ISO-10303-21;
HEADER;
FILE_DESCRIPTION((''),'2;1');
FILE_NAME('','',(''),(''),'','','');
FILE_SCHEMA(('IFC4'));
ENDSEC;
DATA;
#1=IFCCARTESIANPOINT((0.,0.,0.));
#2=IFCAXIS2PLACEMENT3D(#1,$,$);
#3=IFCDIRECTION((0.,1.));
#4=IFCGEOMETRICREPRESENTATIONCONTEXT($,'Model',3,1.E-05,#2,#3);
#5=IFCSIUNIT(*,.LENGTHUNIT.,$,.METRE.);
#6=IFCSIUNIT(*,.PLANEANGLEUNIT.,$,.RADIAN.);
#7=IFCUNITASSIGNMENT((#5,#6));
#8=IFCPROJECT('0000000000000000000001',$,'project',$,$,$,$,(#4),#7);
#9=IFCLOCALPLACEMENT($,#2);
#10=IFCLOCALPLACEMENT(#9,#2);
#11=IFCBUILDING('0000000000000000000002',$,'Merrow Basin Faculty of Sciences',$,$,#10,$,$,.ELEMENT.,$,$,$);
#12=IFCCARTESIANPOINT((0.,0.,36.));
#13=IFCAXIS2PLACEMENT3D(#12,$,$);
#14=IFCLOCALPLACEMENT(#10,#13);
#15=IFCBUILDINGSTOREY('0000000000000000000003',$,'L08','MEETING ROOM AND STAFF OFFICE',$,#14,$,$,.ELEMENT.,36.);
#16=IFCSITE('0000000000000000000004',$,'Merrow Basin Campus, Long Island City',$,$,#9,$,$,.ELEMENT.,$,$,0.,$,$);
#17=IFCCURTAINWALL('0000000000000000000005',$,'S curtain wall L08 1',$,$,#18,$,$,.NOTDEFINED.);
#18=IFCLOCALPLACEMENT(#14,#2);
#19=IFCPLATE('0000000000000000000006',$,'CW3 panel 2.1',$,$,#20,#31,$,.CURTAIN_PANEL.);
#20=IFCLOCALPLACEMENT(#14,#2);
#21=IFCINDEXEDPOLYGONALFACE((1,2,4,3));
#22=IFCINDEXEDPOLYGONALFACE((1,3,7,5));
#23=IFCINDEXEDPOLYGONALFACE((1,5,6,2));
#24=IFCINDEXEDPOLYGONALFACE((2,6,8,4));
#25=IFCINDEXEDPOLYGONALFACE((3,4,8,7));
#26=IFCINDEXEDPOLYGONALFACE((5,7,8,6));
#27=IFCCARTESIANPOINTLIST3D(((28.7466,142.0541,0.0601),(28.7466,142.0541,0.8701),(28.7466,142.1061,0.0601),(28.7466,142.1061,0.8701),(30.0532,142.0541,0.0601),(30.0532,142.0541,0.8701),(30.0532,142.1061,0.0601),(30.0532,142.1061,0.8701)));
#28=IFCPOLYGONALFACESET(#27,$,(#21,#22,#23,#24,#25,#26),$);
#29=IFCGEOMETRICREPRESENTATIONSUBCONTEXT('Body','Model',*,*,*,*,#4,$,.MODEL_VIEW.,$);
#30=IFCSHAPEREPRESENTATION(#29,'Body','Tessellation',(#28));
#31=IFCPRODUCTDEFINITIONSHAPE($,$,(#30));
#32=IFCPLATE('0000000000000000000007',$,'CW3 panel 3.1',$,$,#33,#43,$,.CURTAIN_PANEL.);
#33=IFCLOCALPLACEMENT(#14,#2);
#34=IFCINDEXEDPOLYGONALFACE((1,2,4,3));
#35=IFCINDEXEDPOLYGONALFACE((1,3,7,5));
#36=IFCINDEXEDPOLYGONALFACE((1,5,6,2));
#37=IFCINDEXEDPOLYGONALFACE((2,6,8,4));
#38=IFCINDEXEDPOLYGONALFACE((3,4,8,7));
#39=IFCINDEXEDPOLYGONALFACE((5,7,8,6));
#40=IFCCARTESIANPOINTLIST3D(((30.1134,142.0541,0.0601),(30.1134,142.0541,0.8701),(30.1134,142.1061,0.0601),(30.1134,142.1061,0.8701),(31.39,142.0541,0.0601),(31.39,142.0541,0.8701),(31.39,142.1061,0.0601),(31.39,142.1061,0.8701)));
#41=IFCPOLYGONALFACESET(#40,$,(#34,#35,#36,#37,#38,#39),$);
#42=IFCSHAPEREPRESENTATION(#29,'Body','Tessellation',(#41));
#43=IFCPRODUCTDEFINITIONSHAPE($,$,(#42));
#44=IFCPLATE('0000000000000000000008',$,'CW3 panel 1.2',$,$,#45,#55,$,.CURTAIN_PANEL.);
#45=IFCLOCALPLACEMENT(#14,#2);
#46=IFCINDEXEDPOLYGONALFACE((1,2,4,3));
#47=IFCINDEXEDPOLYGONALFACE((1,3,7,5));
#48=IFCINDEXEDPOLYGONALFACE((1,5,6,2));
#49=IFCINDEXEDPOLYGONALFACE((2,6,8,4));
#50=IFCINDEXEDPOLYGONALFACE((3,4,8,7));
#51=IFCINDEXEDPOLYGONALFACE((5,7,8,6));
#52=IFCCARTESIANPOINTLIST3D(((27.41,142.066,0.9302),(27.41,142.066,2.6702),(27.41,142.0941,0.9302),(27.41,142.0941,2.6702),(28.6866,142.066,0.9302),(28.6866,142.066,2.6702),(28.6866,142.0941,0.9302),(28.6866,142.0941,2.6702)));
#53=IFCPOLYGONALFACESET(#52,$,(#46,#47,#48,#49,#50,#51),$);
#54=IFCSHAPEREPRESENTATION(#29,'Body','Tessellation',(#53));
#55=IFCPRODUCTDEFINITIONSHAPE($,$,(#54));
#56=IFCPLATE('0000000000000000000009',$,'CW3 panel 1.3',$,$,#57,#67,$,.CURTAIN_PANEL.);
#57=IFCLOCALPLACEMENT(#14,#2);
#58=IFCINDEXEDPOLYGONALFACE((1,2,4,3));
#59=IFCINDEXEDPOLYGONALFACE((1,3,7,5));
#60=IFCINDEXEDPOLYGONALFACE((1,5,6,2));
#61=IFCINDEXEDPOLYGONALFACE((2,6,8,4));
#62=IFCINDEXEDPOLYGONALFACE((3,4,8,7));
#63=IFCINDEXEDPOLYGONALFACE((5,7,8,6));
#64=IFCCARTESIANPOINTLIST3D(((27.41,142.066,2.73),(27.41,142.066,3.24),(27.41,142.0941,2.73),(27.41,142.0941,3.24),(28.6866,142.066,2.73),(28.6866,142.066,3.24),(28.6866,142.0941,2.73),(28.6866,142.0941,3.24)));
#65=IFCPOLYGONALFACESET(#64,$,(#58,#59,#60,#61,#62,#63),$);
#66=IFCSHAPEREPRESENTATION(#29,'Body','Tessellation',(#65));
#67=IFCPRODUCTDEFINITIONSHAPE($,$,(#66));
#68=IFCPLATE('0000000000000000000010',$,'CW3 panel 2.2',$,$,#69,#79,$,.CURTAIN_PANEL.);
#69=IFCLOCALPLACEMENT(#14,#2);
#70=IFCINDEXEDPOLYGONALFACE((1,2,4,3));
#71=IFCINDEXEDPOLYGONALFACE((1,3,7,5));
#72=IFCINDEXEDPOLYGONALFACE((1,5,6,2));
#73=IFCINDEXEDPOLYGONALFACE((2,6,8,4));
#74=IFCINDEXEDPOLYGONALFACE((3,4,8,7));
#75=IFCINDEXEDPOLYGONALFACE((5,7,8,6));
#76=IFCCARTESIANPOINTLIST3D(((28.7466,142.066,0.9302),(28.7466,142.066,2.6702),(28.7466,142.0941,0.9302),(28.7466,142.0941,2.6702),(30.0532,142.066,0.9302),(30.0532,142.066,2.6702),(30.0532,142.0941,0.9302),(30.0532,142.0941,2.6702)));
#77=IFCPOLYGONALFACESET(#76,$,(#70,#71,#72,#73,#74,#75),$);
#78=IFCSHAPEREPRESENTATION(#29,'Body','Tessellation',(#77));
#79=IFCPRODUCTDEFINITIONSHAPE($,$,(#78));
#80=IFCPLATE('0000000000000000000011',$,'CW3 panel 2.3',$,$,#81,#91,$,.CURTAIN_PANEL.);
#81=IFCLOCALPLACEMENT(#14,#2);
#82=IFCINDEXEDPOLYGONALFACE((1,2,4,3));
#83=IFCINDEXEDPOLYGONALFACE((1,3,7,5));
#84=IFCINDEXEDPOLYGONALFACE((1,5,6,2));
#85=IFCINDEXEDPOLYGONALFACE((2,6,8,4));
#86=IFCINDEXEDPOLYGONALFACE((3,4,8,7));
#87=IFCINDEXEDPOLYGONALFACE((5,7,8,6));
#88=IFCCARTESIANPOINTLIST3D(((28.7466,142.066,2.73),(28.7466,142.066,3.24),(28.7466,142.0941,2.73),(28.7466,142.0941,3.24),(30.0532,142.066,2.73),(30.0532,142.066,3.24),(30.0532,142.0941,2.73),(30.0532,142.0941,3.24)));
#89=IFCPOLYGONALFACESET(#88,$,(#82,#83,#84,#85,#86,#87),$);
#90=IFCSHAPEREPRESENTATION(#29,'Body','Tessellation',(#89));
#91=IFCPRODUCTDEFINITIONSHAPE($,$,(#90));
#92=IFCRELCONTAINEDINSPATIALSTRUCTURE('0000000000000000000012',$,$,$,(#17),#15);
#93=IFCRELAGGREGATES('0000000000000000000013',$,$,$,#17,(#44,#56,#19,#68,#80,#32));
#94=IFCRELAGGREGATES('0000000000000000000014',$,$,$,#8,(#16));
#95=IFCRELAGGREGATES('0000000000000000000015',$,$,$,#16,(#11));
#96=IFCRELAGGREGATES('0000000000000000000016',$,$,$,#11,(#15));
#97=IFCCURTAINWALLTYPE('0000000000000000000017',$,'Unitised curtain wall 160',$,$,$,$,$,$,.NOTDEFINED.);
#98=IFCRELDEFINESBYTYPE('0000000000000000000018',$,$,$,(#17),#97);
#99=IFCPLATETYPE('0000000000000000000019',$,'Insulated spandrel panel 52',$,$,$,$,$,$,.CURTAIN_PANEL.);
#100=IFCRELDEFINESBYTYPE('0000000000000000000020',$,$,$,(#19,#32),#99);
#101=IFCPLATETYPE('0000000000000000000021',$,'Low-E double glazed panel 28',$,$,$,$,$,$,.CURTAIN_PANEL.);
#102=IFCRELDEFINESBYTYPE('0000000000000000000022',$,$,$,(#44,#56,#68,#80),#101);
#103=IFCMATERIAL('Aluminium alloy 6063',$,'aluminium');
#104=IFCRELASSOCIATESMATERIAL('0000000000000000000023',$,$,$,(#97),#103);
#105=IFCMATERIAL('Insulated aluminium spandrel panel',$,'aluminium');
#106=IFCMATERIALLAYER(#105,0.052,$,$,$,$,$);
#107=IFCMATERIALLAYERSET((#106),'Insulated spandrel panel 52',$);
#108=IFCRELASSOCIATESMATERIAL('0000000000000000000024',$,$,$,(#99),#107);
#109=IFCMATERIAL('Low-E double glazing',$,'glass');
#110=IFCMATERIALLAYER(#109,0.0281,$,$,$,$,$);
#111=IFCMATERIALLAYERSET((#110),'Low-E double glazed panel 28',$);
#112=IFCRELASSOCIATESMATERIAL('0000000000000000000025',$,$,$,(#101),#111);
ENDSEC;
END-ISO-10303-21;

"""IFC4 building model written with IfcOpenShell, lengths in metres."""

from ifc_helpers import new_model, si_unit, direction, frame, origin, origin_2d, place, context, subcontext, project, spatial, rectangle, extrude, material, layer, layer_set, type_object, element, aggregate, save


model = new_model("IFC4")

# Units and contexts
model_context = context("Model", 3, precision=1e-05, world=origin(), true_north=direction((0.0, 1.0)))
body_context = subcontext(model_context, "Body", "Model", "MODEL_VIEW")
ifc_project = project(units=[si_unit("LENGTHUNIT", "METRE"), si_unit("PLANEANGLEUNIT", "RADIAN")], contexts=[model_context])

# Site, building, storey
site_placement = place(None, origin())
site = spatial("IfcSite", under=ifc_project, at=site_placement, Name="Merrow Basin Campus, Long Island City", CompositionType="ELEMENT", RefElevation=0.0)
building_placement = place(site_placement, origin())
building = spatial("IfcBuilding", under=site, at=building_placement, Name="Merrow Basin Faculty of Sciences", CompositionType="ELEMENT")
storey_placement = place(building_placement, frame((0.0, 0.0, 36.0)))
storey = spatial("IfcBuildingStorey", under=building, at=storey_placement, Name="L08", Description="MEETING ROOM AND STAFF OFFICE", CompositionType="ELEMENT", Elevation=36.0)

# Curtain wall, plates
ifc_material_1 = material(Name="Aluminium alloy 6063", Category="aluminium")
curtain_wall_type = type_object("IfcCurtainWallType", Name="Unitised curtain wall 160", PredefinedType="NOTDEFINED", material=ifc_material_1)
curtain_wall_placement = place(storey_placement, origin())
curtain_wall = element("IfcCurtainWall", 1, at=curtain_wall_placement, inside=storey, type_object=curtain_wall_type, Name="S curtain wall L08 1", PredefinedType="NOTDEFINED")
ifc_material_2 = material(Name="Insulated aluminium spandrel panel", Category="aluminium")
ifc_layer_1 = layer(ifc_material_2, 0.052)
ifc_layer_set_1 = layer_set([ifc_layer_1], Name="Insulated spandrel panel 52")
plate_type_1 = type_object("IfcPlateType", Name="Insulated spandrel panel 52", PredefinedType="CURTAIN_PANEL", material=ifc_layer_set_1)
plate_1_placement = place(storey_placement, frame((29.3999, 142.0801, 0.0601), z_axis=(0.0, 0.0, 1.0), x_axis=(1.0, 0.0, 0.0)))
plate_1 = element("IfcPlate", 2, at=plate_1_placement, type_object=plate_type_1, Name="CW3 panel 2.1", PredefinedType="CURTAIN_PANEL", context=body_context, shape_type="SweptSolid", body=[
    extrude(rectangle(XDim=1.3066, YDim=0.052, at=origin_2d()), origin(), (0.0, 0.0, 1.0), 0.8101),
])
plate_2_placement = place(storey_placement, frame((30.7517, 142.0801, 0.0601), z_axis=(0.0, 0.0, 1.0), x_axis=(1.0, 0.0, 0.0)))
plate_2 = element("IfcPlate", 3, at=plate_2_placement, type_object=plate_type_1, Name="CW3 panel 3.1", PredefinedType="CURTAIN_PANEL", context=body_context, shape_type="SweptSolid", body=[
    extrude(rectangle(XDim=1.2766, YDim=0.052, at=origin_2d()), origin(), (0.0, 0.0, 1.0), 0.8101),
])
ifc_material_3 = material(Name="Low-E double glazing", Category="glass")
ifc_layer_2 = layer(ifc_material_3, 0.0281)
ifc_layer_set_2 = layer_set([ifc_layer_2], Name="Low-E double glazed panel 28")
plate_type_2 = type_object("IfcPlateType", Name="Low-E double glazed panel 28", PredefinedType="CURTAIN_PANEL", material=ifc_layer_set_2)
plate_3_placement = place(storey_placement, frame((28.0483, 142.0801, 0.9302), z_axis=(0.0, 0.0, 1.0), x_axis=(1.0, 0.0, 0.0)))
plate_3 = element("IfcPlate", 4, at=plate_3_placement, type_object=plate_type_2, Name="CW3 panel 1.2", PredefinedType="CURTAIN_PANEL", context=body_context, shape_type="SweptSolid", body=[
    extrude(rectangle(XDim=1.2766, YDim=0.0281, at=origin_2d()), origin(), (0.0, 0.0, 1.0), 1.74),
])
plate_4_placement = place(storey_placement, frame((28.0483, 142.0801, 2.73), z_axis=(0.0, 0.0, 1.0), x_axis=(1.0, 0.0, 0.0)))
plate_4 = element("IfcPlate", 5, at=plate_4_placement, type_object=plate_type_2, Name="CW3 panel 1.3", PredefinedType="CURTAIN_PANEL", context=body_context, shape_type="SweptSolid", body=[
    extrude(rectangle(XDim=1.2766, YDim=0.0281, at=origin_2d()), origin(), (0.0, 0.0, 1.0), 0.51),
])
plate_5_placement = place(storey_placement, frame((29.3999, 142.0801, 0.9302), z_axis=(0.0, 0.0, 1.0), x_axis=(1.0, 0.0, 0.0)))
plate_5 = element("IfcPlate", 6, at=plate_5_placement, type_object=plate_type_2, Name="CW3 panel 2.2", PredefinedType="CURTAIN_PANEL", context=body_context, shape_type="SweptSolid", body=[
    extrude(rectangle(XDim=1.3066, YDim=0.0281, at=origin_2d()), origin(), (0.0, 0.0, 1.0), 1.74),
])
plate_6_placement = place(storey_placement, frame((29.3999, 142.0801, 2.73), z_axis=(0.0, 0.0, 1.0), x_axis=(1.0, 0.0, 0.0)))
plate_6 = element("IfcPlate", 7, at=plate_6_placement, type_object=plate_type_2, Name="CW3 panel 2.3", PredefinedType="CURTAIN_PANEL", context=body_context, shape_type="SweptSolid", body=[
    extrude(rectangle(XDim=1.3066, YDim=0.0281, at=origin_2d()), origin(), (0.0, 0.0, 1.0), 0.51),
])
aggregate(curtain_wall, [plate_3, plate_4, plate_1, plate_5, plate_6, plate_2])

save(model, "model.ifc")
